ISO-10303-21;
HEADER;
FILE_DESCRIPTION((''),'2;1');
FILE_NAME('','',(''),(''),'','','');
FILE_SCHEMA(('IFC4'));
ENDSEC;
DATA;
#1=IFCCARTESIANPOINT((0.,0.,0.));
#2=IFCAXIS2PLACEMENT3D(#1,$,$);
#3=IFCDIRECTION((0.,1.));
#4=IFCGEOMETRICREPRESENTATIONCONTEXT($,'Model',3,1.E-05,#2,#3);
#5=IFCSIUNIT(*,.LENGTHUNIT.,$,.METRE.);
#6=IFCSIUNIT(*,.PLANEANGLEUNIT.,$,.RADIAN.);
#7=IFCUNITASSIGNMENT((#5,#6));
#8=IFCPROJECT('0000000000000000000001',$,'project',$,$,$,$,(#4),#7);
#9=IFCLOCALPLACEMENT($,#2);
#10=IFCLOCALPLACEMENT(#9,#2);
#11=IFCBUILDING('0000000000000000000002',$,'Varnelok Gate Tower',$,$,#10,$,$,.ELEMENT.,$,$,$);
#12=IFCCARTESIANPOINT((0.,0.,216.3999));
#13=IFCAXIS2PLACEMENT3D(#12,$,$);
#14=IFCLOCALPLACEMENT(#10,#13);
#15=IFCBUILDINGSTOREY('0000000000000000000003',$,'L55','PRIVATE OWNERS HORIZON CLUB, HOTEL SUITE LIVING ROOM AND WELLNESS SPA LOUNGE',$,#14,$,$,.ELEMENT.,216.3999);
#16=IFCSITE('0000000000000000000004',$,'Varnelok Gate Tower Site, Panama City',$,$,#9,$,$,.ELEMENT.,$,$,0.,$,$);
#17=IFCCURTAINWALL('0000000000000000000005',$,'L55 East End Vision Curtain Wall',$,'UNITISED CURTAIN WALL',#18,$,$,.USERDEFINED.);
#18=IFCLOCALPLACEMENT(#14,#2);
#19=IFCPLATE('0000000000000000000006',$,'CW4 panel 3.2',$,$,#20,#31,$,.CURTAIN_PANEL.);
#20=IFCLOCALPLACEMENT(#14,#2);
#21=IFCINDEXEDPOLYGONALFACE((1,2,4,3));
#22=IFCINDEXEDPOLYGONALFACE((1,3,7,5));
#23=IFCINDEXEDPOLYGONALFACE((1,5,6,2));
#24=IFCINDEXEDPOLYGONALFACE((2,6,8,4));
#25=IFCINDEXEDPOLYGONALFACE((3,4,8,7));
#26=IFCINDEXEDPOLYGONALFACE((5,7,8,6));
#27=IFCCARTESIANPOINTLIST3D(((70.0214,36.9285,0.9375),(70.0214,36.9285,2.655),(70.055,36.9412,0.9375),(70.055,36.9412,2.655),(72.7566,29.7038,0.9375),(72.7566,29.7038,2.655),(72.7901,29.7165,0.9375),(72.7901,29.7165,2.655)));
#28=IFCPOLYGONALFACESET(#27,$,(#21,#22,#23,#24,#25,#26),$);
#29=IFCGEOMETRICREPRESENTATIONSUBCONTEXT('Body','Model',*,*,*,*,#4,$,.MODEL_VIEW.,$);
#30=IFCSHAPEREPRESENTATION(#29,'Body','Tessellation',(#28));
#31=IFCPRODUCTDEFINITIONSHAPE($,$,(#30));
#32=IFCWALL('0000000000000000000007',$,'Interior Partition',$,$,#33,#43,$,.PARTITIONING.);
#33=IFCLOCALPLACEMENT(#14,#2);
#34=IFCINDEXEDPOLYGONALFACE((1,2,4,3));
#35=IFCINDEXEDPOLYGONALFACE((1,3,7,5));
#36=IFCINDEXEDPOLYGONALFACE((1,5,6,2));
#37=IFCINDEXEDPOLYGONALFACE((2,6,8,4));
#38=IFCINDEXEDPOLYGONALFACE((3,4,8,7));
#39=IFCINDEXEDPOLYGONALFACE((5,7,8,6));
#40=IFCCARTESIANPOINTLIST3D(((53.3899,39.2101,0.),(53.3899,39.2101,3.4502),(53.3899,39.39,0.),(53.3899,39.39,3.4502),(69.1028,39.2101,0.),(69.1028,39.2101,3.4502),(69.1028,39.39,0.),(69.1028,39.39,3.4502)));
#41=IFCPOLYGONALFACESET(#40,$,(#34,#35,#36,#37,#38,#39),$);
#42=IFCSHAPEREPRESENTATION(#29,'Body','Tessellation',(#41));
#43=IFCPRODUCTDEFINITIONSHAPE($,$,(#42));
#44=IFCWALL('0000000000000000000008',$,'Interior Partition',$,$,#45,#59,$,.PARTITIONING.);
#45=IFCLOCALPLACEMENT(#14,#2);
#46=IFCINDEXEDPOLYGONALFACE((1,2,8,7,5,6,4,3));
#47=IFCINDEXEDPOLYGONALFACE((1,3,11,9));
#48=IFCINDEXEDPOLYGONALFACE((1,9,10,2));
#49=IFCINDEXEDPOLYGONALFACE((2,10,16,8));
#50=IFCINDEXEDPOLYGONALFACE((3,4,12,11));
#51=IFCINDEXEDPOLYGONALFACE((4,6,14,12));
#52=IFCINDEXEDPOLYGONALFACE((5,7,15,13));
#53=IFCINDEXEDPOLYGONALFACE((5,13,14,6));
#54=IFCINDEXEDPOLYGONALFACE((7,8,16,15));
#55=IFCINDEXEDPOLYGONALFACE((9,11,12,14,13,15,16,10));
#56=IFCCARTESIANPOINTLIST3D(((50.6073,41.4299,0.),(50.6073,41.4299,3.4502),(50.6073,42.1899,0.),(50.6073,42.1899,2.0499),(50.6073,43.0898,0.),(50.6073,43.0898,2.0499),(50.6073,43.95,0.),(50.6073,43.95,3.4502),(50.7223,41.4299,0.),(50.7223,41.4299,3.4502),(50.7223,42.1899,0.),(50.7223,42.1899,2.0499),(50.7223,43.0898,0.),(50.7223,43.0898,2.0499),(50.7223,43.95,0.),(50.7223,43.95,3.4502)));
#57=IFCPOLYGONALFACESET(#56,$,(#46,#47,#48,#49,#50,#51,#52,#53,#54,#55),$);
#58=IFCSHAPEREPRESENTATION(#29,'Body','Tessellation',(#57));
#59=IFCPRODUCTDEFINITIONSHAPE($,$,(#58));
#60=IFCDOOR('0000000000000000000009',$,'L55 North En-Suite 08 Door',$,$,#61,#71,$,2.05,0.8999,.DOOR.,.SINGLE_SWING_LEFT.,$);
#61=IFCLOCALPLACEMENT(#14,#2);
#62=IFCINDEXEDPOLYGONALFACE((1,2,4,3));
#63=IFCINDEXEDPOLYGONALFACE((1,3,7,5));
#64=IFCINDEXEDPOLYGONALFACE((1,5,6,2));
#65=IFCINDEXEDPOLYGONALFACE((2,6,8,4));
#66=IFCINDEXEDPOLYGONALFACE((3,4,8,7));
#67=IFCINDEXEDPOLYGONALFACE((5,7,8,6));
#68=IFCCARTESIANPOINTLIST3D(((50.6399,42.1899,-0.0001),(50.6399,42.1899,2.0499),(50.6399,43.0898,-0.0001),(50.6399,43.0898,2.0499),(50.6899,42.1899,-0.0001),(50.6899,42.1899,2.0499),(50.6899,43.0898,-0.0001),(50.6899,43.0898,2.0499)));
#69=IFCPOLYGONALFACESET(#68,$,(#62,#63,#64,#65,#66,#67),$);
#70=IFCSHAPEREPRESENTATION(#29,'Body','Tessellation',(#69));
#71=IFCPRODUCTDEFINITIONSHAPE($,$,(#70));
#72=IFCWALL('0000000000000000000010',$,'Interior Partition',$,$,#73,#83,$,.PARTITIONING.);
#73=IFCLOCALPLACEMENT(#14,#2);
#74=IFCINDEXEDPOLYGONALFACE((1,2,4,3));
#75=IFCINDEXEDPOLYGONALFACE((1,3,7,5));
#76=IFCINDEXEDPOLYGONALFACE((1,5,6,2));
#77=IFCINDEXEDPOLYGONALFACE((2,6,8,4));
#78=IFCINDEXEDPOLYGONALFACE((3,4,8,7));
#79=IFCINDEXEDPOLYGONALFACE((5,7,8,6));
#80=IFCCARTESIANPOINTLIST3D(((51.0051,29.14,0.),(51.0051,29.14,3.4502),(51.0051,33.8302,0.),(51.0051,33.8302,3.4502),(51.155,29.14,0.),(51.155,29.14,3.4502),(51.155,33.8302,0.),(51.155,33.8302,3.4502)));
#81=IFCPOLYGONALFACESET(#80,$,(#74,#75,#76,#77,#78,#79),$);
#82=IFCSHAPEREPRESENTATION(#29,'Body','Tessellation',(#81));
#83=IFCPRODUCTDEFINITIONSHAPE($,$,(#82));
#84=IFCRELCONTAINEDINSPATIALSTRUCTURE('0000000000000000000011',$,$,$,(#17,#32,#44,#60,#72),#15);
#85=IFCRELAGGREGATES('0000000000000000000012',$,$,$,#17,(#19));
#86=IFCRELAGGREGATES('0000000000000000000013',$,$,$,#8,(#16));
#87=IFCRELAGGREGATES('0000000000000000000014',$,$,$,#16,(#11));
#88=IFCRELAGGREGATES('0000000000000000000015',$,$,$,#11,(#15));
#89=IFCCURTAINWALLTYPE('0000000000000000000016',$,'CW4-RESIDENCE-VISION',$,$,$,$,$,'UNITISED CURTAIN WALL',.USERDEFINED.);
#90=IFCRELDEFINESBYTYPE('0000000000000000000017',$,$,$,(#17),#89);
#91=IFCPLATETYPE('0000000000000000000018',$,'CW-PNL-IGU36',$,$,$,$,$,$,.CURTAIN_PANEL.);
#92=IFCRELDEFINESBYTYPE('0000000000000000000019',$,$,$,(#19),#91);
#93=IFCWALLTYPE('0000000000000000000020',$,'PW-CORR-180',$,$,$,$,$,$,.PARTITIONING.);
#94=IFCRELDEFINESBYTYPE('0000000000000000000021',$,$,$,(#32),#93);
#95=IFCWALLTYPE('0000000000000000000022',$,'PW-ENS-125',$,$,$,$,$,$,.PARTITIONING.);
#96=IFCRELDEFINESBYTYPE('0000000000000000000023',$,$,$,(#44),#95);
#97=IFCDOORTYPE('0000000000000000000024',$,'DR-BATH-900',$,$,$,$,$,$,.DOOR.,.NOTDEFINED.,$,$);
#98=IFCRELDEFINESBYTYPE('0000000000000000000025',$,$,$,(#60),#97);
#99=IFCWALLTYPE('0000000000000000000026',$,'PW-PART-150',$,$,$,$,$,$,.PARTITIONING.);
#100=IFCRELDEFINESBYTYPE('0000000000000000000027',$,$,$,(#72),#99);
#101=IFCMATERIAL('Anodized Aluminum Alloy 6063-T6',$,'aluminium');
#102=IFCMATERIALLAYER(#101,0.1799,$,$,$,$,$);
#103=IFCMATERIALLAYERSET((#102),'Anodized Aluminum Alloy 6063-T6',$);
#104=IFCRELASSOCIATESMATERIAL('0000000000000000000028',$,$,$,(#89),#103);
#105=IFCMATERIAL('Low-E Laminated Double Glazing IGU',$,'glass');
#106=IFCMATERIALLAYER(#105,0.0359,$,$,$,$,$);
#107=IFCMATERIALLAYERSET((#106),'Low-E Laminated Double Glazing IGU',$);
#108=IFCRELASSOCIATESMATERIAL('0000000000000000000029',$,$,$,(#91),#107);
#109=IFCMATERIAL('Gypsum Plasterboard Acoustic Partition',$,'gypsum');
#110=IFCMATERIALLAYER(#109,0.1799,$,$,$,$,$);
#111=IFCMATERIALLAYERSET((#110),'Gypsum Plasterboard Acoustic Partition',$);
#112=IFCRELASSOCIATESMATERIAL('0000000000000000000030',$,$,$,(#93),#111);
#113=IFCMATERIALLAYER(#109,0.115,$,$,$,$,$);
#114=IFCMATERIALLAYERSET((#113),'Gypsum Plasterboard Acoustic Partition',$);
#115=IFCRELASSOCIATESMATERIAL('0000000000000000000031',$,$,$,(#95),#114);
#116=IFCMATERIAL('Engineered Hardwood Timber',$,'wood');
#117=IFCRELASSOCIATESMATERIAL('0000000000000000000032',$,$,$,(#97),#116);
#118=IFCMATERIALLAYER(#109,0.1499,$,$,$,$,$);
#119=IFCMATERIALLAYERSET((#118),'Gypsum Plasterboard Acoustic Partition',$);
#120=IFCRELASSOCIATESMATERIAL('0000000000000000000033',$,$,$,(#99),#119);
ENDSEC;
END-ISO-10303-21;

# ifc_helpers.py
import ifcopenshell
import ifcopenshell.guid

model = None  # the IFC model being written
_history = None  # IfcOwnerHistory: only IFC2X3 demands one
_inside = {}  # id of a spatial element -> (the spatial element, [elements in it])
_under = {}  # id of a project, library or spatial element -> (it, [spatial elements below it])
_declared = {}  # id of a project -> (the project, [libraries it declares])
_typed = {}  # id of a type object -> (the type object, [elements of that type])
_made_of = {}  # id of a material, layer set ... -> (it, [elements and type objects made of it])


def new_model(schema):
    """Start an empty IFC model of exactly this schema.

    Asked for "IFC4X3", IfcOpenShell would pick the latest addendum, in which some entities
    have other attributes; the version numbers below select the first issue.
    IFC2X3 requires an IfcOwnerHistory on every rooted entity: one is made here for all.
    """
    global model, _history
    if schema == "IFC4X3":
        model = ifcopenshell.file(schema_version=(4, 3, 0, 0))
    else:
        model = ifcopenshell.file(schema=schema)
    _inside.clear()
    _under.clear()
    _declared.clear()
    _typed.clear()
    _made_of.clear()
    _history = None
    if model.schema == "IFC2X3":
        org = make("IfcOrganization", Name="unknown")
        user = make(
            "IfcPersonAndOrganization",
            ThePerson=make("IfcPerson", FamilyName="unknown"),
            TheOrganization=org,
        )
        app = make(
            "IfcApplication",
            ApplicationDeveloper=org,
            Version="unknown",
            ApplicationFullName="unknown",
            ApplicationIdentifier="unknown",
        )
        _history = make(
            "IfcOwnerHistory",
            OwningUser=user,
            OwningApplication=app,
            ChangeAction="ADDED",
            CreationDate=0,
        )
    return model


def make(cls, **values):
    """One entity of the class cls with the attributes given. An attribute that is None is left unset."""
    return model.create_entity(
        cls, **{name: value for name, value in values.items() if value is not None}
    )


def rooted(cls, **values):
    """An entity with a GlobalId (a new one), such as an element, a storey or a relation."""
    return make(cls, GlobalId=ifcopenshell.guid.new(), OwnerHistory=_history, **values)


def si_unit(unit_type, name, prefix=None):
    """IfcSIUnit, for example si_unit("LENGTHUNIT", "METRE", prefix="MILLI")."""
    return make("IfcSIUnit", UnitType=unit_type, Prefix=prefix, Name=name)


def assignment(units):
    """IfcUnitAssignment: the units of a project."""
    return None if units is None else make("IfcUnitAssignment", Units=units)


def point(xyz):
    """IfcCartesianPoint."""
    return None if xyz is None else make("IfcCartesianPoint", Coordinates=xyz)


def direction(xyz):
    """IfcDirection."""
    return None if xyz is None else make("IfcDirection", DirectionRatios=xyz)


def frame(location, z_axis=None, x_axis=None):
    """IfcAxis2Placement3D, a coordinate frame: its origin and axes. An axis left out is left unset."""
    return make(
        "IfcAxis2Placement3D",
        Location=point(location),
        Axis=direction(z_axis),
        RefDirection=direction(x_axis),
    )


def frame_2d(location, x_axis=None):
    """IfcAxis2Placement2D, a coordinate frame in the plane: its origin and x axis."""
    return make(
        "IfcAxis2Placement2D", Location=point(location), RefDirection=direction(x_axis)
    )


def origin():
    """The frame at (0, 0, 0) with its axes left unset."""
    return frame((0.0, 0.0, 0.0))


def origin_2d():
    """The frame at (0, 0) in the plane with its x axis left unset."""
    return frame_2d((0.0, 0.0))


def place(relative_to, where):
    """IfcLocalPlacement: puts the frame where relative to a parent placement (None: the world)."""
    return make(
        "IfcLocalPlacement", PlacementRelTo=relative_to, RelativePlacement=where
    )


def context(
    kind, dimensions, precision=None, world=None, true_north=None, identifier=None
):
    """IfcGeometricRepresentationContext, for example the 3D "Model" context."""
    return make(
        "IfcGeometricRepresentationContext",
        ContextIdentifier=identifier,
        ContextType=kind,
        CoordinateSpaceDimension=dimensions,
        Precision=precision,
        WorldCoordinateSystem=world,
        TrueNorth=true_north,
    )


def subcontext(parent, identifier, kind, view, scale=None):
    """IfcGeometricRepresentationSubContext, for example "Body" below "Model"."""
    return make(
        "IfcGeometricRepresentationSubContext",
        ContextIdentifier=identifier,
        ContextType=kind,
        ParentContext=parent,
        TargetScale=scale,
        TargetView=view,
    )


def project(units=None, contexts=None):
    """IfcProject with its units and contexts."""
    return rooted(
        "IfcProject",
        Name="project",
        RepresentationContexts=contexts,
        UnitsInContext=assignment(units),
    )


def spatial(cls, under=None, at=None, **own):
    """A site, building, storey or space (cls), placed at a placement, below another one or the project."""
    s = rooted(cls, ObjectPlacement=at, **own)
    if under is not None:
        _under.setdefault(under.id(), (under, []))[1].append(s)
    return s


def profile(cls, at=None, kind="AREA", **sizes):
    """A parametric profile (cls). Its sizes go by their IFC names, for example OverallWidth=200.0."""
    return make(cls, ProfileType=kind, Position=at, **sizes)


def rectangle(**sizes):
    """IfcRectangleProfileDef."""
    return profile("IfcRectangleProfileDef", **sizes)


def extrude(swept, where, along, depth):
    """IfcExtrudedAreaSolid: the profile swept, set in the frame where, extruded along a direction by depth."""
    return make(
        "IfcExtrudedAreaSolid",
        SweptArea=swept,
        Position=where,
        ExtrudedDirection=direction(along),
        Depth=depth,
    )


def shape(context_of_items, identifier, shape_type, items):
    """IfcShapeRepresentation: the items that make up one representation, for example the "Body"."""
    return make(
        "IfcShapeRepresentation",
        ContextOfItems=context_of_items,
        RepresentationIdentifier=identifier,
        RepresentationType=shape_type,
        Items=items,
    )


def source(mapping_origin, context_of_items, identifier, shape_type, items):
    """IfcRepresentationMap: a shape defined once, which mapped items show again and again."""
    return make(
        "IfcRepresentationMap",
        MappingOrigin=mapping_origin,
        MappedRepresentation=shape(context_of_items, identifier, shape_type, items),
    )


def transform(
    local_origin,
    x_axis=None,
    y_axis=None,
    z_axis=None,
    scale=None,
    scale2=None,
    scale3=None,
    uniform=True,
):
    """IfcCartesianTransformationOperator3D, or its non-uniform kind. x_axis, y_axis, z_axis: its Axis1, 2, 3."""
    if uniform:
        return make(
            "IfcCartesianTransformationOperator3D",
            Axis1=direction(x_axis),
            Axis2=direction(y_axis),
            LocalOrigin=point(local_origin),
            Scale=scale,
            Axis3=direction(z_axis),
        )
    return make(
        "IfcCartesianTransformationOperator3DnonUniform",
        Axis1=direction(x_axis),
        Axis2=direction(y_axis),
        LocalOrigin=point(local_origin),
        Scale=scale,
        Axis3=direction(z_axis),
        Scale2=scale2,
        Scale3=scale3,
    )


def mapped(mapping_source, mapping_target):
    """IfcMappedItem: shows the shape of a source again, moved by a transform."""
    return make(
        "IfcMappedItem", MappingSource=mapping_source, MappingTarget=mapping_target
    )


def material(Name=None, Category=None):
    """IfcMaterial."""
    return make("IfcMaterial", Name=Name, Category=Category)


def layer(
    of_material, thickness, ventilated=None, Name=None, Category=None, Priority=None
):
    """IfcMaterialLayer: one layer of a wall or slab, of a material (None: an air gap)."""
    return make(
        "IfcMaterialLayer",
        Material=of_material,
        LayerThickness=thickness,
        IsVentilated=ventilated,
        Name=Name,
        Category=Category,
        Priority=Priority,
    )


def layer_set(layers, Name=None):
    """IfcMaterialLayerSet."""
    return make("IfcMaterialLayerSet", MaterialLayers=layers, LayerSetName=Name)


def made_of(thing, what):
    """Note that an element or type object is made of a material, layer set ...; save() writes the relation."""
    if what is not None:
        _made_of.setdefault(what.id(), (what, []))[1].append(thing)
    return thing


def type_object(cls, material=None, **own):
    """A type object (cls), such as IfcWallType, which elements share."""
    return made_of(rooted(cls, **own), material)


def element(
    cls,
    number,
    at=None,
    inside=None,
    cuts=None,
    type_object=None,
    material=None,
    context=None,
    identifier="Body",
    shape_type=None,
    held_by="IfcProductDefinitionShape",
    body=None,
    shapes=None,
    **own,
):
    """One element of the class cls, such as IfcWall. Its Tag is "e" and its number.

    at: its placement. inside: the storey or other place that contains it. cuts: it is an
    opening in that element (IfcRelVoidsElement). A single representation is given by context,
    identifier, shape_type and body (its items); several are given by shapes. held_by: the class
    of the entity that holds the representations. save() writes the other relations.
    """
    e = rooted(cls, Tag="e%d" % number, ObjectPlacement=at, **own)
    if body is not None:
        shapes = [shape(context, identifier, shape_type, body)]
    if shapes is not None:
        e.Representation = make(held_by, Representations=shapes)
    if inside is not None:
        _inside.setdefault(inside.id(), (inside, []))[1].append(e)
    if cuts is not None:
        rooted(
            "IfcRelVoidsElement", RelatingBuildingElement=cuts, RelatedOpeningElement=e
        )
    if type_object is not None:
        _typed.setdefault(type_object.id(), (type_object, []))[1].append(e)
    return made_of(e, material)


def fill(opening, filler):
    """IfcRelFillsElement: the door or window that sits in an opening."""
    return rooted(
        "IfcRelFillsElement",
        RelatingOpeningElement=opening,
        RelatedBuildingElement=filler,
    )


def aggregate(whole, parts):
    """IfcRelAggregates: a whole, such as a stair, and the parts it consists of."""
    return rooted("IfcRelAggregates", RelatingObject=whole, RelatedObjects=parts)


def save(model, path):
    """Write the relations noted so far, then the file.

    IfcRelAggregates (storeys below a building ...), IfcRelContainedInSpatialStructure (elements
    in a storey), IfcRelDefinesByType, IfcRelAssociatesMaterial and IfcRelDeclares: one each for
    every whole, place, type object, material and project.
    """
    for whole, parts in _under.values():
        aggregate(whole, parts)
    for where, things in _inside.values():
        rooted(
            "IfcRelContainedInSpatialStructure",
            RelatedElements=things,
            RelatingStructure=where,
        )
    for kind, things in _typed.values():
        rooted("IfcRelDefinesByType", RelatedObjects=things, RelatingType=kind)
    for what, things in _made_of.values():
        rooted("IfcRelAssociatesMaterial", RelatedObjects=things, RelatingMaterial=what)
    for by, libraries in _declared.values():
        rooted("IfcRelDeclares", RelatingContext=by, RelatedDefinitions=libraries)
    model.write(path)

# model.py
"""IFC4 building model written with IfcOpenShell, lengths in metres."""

from ifc_helpers import new_model, si_unit, direction, frame, frame_2d, origin, origin_2d, place, context, subcontext, project, spatial, rectangle, extrude, source, transform, mapped, material, layer, layer_set, type_object, element, fill, aggregate, save


model = new_model("IFC4")

# Units and contexts
model_context = context("Model", 3, precision=1e-05, world=origin(), true_north=direction((0.0, 1.0)))
body_context = subcontext(model_context, "Body", "Model", "MODEL_VIEW")
ifc_project = project(units=[si_unit("LENGTHUNIT", "METRE"), si_unit("PLANEANGLEUNIT", "RADIAN")], contexts=[model_context])

# Site, building, storey
site_placement = place(None, origin())
site = spatial("IfcSite", under=ifc_project, at=site_placement, Name="Varnelok Gate Tower Site, Panama City", CompositionType="ELEMENT", RefElevation=0.0)
building_placement = place(site_placement, origin())
building = spatial("IfcBuilding", under=site, at=building_placement, Name="Varnelok Gate Tower", CompositionType="ELEMENT")
storey_placement = place(building_placement, frame((0.0, 0.0, 216.3999)))
storey = spatial("IfcBuildingStorey", under=building, at=storey_placement, Name="L55", Description="PRIVATE OWNERS HORIZON CLUB, HOTEL SUITE LIVING ROOM AND WELLNESS SPA LOUNGE", CompositionType="ELEMENT", Elevation=216.3999)

# Curtain wall, plate
ifc_material_1 = material(Name="Anodized Aluminum Alloy 6063-T6", Category="aluminium")
ifc_layer_1 = layer(ifc_material_1, 0.1799)
ifc_layer_set_1 = layer_set([ifc_layer_1], Name="Anodized Aluminum Alloy 6063-T6")
curtain_wall_type = type_object("IfcCurtainWallType", Name="CW4-RESIDENCE-VISION", ElementType="UNITISED CURTAIN WALL", PredefinedType="USERDEFINED", material=ifc_layer_set_1)
curtain_wall_placement = place(storey_placement, origin())
curtain_wall = element("IfcCurtainWall", 1, at=curtain_wall_placement, inside=storey, type_object=curtain_wall_type, Name="L55 East End Vision Curtain Wall", ObjectType="UNITISED CURTAIN WALL", PredefinedType="USERDEFINED")
ifc_material_2 = material(Name="Low-E Laminated Double Glazing IGU", Category="glass")
ifc_layer_2 = layer(ifc_material_2, 0.0359)
ifc_layer_set_2 = layer_set([ifc_layer_2], Name="Low-E Laminated Double Glazing IGU")
plate_type = type_object("IfcPlateType", Name="CW-PNL-IGU36", PredefinedType="CURTAIN_PANEL", material=ifc_layer_set_2)
shared_shape_1 = source(origin(), body_context, "Body", "SweptSolid", [
    extrude(rectangle(XDim=7.7251, YDim=0.0359, at=origin_2d()), origin(), (0.0, 0.0, 1.0), 1.7175),
])
plate_1_placement = place(storey_placement, frame((71.4058, 33.3225, 0.9375), z_axis=(0.0, 0.0, 1.0), x_axis=(0.354063, -0.935222, 0.0)))
plate_1 = element("IfcPlate", 2, at=plate_1_placement, type_object=plate_type, Name="CW4 panel 3.2", PredefinedType="CURTAIN_PANEL", context=body_context, shape_type="MappedRepresentation", body=[
    mapped(shared_shape_1, transform((0.0, 0.0, 0.0), scale=1.0)),
])
aggregate(curtain_wall, [plate_1])

# Wall
ifc_material_3 = material(Name="Gypsum Plasterboard Acoustic Partition", Category="gypsum")
ifc_layer_3 = layer(ifc_material_3, 0.1799)
ifc_layer_set_3 = layer_set([ifc_layer_3], Name="Gypsum Plasterboard Acoustic Partition")
wall_type_1 = type_object("IfcWallType", Name="PW-CORR-180", PredefinedType="PARTITIONING", material=ifc_layer_set_3)
wall_1_placement = place(storey_placement, frame((53.3899, 39.3, 0.0), z_axis=(0.0, 0.0, 1.0), x_axis=(1.0, 0.0, 0.0)))
element("IfcWall", 3, at=wall_1_placement, inside=storey, type_object=wall_type_1, Name="Interior Partition", PredefinedType="PARTITIONING", context=body_context, shape_type="SweptSolid", body=[
    extrude(rectangle(XDim=15.7129, YDim=0.1799, at=frame_2d((7.8564, 0.0))), origin(), (0.0, 0.0, 1.0), 3.4502),
])

# Wall, opening, door
ifc_layer_4 = layer(ifc_material_3, 0.115)
ifc_layer_set_4 = layer_set([ifc_layer_4], Name="Gypsum Plasterboard Acoustic Partition")
wall_type_2 = type_object("IfcWallType", Name="PW-ENS-125", PredefinedType="PARTITIONING", material=ifc_layer_set_4)
wall_2_placement = place(storey_placement, frame((50.6648, 41.4299, 0.0), z_axis=(0.0, 0.0, 1.0), x_axis=(0.0, 1.0, 0.0)))
wall_2 = element("IfcWall", 4, at=wall_2_placement, inside=storey, type_object=wall_type_2, Name="Interior Partition", PredefinedType="PARTITIONING", context=body_context, shape_type="SweptSolid", body=[
    extrude(rectangle(XDim=2.52, YDim=0.115, at=frame_2d((1.26, 0.0))), origin(), (0.0, 0.0, 1.0), 3.4502),
])
opening_placement = place(wall_2_placement, frame((0.76, 0.0, 0.0)))
opening = element("IfcOpeningElement", 5, at=opening_placement, cuts=wall_2, PredefinedType="OPENING", context=body_context, shape_type="SweptSolid", body=[
    extrude(rectangle(XDim=0.8999, YDim=2.05, at=frame_2d((0.45, 1.0249))), frame((0.0, 0.0674, 0.0), z_axis=(0.0, -1.0, 0.0), x_axis=(1.0, 0.0, 0.0)), (0.0, 0.0, 1.0), 0.135),
])
ifc_material_4 = material(Name="Engineered Hardwood Timber", Category="wood")
door_type = type_object("IfcDoorType", Name="DR-BATH-900", OperationType="NOTDEFINED", PredefinedType="DOOR", material=ifc_material_4)
door_placement = place(opening_placement, origin())
door = element("IfcDoor", 6, at=door_placement, inside=storey, type_object=door_type, Name="L55 North En-Suite 08 Door", OperationType="SINGLE_SWING_LEFT", OverallHeight=2.05, OverallWidth=0.8999, PredefinedType="DOOR", context=body_context, shape_type="SweptSolid", body=[
    extrude(rectangle(XDim=0.8999, YDim=2.05, at=frame_2d((0.45, 1.0249))), frame((0.0, 0.0249, 0.0), z_axis=(0.0, -1.0, 0.0), x_axis=(1.0, 0.0, 0.0)), (0.0, 0.0, 1.0), 0.05),
])
fill(opening, door)

# Wall
ifc_layer_5 = layer(ifc_material_3, 0.1499)
ifc_layer_set_5 = layer_set([ifc_layer_5], Name="Gypsum Plasterboard Acoustic Partition")
wall_type_3 = type_object("IfcWallType", Name="PW-PART-150", PredefinedType="PARTITIONING", material=ifc_layer_set_5)
wall_3_placement = place(storey_placement, frame((51.0801, 29.1399, 0.0), z_axis=(0.0, 0.0, 1.0), x_axis=(0.0, 1.0, 0.0)))
element("IfcWall", 7, at=wall_3_placement, inside=storey, type_object=wall_type_3, Name="Interior Partition", PredefinedType="PARTITIONING", context=body_context, shape_type="SweptSolid", body=[
    extrude(rectangle(XDim=4.6902, YDim=0.1499, at=frame_2d((2.3452, 0.0))), origin(), (0.0, 0.0, 1.0), 3.4502),
])

save(model, "model.ifc")
